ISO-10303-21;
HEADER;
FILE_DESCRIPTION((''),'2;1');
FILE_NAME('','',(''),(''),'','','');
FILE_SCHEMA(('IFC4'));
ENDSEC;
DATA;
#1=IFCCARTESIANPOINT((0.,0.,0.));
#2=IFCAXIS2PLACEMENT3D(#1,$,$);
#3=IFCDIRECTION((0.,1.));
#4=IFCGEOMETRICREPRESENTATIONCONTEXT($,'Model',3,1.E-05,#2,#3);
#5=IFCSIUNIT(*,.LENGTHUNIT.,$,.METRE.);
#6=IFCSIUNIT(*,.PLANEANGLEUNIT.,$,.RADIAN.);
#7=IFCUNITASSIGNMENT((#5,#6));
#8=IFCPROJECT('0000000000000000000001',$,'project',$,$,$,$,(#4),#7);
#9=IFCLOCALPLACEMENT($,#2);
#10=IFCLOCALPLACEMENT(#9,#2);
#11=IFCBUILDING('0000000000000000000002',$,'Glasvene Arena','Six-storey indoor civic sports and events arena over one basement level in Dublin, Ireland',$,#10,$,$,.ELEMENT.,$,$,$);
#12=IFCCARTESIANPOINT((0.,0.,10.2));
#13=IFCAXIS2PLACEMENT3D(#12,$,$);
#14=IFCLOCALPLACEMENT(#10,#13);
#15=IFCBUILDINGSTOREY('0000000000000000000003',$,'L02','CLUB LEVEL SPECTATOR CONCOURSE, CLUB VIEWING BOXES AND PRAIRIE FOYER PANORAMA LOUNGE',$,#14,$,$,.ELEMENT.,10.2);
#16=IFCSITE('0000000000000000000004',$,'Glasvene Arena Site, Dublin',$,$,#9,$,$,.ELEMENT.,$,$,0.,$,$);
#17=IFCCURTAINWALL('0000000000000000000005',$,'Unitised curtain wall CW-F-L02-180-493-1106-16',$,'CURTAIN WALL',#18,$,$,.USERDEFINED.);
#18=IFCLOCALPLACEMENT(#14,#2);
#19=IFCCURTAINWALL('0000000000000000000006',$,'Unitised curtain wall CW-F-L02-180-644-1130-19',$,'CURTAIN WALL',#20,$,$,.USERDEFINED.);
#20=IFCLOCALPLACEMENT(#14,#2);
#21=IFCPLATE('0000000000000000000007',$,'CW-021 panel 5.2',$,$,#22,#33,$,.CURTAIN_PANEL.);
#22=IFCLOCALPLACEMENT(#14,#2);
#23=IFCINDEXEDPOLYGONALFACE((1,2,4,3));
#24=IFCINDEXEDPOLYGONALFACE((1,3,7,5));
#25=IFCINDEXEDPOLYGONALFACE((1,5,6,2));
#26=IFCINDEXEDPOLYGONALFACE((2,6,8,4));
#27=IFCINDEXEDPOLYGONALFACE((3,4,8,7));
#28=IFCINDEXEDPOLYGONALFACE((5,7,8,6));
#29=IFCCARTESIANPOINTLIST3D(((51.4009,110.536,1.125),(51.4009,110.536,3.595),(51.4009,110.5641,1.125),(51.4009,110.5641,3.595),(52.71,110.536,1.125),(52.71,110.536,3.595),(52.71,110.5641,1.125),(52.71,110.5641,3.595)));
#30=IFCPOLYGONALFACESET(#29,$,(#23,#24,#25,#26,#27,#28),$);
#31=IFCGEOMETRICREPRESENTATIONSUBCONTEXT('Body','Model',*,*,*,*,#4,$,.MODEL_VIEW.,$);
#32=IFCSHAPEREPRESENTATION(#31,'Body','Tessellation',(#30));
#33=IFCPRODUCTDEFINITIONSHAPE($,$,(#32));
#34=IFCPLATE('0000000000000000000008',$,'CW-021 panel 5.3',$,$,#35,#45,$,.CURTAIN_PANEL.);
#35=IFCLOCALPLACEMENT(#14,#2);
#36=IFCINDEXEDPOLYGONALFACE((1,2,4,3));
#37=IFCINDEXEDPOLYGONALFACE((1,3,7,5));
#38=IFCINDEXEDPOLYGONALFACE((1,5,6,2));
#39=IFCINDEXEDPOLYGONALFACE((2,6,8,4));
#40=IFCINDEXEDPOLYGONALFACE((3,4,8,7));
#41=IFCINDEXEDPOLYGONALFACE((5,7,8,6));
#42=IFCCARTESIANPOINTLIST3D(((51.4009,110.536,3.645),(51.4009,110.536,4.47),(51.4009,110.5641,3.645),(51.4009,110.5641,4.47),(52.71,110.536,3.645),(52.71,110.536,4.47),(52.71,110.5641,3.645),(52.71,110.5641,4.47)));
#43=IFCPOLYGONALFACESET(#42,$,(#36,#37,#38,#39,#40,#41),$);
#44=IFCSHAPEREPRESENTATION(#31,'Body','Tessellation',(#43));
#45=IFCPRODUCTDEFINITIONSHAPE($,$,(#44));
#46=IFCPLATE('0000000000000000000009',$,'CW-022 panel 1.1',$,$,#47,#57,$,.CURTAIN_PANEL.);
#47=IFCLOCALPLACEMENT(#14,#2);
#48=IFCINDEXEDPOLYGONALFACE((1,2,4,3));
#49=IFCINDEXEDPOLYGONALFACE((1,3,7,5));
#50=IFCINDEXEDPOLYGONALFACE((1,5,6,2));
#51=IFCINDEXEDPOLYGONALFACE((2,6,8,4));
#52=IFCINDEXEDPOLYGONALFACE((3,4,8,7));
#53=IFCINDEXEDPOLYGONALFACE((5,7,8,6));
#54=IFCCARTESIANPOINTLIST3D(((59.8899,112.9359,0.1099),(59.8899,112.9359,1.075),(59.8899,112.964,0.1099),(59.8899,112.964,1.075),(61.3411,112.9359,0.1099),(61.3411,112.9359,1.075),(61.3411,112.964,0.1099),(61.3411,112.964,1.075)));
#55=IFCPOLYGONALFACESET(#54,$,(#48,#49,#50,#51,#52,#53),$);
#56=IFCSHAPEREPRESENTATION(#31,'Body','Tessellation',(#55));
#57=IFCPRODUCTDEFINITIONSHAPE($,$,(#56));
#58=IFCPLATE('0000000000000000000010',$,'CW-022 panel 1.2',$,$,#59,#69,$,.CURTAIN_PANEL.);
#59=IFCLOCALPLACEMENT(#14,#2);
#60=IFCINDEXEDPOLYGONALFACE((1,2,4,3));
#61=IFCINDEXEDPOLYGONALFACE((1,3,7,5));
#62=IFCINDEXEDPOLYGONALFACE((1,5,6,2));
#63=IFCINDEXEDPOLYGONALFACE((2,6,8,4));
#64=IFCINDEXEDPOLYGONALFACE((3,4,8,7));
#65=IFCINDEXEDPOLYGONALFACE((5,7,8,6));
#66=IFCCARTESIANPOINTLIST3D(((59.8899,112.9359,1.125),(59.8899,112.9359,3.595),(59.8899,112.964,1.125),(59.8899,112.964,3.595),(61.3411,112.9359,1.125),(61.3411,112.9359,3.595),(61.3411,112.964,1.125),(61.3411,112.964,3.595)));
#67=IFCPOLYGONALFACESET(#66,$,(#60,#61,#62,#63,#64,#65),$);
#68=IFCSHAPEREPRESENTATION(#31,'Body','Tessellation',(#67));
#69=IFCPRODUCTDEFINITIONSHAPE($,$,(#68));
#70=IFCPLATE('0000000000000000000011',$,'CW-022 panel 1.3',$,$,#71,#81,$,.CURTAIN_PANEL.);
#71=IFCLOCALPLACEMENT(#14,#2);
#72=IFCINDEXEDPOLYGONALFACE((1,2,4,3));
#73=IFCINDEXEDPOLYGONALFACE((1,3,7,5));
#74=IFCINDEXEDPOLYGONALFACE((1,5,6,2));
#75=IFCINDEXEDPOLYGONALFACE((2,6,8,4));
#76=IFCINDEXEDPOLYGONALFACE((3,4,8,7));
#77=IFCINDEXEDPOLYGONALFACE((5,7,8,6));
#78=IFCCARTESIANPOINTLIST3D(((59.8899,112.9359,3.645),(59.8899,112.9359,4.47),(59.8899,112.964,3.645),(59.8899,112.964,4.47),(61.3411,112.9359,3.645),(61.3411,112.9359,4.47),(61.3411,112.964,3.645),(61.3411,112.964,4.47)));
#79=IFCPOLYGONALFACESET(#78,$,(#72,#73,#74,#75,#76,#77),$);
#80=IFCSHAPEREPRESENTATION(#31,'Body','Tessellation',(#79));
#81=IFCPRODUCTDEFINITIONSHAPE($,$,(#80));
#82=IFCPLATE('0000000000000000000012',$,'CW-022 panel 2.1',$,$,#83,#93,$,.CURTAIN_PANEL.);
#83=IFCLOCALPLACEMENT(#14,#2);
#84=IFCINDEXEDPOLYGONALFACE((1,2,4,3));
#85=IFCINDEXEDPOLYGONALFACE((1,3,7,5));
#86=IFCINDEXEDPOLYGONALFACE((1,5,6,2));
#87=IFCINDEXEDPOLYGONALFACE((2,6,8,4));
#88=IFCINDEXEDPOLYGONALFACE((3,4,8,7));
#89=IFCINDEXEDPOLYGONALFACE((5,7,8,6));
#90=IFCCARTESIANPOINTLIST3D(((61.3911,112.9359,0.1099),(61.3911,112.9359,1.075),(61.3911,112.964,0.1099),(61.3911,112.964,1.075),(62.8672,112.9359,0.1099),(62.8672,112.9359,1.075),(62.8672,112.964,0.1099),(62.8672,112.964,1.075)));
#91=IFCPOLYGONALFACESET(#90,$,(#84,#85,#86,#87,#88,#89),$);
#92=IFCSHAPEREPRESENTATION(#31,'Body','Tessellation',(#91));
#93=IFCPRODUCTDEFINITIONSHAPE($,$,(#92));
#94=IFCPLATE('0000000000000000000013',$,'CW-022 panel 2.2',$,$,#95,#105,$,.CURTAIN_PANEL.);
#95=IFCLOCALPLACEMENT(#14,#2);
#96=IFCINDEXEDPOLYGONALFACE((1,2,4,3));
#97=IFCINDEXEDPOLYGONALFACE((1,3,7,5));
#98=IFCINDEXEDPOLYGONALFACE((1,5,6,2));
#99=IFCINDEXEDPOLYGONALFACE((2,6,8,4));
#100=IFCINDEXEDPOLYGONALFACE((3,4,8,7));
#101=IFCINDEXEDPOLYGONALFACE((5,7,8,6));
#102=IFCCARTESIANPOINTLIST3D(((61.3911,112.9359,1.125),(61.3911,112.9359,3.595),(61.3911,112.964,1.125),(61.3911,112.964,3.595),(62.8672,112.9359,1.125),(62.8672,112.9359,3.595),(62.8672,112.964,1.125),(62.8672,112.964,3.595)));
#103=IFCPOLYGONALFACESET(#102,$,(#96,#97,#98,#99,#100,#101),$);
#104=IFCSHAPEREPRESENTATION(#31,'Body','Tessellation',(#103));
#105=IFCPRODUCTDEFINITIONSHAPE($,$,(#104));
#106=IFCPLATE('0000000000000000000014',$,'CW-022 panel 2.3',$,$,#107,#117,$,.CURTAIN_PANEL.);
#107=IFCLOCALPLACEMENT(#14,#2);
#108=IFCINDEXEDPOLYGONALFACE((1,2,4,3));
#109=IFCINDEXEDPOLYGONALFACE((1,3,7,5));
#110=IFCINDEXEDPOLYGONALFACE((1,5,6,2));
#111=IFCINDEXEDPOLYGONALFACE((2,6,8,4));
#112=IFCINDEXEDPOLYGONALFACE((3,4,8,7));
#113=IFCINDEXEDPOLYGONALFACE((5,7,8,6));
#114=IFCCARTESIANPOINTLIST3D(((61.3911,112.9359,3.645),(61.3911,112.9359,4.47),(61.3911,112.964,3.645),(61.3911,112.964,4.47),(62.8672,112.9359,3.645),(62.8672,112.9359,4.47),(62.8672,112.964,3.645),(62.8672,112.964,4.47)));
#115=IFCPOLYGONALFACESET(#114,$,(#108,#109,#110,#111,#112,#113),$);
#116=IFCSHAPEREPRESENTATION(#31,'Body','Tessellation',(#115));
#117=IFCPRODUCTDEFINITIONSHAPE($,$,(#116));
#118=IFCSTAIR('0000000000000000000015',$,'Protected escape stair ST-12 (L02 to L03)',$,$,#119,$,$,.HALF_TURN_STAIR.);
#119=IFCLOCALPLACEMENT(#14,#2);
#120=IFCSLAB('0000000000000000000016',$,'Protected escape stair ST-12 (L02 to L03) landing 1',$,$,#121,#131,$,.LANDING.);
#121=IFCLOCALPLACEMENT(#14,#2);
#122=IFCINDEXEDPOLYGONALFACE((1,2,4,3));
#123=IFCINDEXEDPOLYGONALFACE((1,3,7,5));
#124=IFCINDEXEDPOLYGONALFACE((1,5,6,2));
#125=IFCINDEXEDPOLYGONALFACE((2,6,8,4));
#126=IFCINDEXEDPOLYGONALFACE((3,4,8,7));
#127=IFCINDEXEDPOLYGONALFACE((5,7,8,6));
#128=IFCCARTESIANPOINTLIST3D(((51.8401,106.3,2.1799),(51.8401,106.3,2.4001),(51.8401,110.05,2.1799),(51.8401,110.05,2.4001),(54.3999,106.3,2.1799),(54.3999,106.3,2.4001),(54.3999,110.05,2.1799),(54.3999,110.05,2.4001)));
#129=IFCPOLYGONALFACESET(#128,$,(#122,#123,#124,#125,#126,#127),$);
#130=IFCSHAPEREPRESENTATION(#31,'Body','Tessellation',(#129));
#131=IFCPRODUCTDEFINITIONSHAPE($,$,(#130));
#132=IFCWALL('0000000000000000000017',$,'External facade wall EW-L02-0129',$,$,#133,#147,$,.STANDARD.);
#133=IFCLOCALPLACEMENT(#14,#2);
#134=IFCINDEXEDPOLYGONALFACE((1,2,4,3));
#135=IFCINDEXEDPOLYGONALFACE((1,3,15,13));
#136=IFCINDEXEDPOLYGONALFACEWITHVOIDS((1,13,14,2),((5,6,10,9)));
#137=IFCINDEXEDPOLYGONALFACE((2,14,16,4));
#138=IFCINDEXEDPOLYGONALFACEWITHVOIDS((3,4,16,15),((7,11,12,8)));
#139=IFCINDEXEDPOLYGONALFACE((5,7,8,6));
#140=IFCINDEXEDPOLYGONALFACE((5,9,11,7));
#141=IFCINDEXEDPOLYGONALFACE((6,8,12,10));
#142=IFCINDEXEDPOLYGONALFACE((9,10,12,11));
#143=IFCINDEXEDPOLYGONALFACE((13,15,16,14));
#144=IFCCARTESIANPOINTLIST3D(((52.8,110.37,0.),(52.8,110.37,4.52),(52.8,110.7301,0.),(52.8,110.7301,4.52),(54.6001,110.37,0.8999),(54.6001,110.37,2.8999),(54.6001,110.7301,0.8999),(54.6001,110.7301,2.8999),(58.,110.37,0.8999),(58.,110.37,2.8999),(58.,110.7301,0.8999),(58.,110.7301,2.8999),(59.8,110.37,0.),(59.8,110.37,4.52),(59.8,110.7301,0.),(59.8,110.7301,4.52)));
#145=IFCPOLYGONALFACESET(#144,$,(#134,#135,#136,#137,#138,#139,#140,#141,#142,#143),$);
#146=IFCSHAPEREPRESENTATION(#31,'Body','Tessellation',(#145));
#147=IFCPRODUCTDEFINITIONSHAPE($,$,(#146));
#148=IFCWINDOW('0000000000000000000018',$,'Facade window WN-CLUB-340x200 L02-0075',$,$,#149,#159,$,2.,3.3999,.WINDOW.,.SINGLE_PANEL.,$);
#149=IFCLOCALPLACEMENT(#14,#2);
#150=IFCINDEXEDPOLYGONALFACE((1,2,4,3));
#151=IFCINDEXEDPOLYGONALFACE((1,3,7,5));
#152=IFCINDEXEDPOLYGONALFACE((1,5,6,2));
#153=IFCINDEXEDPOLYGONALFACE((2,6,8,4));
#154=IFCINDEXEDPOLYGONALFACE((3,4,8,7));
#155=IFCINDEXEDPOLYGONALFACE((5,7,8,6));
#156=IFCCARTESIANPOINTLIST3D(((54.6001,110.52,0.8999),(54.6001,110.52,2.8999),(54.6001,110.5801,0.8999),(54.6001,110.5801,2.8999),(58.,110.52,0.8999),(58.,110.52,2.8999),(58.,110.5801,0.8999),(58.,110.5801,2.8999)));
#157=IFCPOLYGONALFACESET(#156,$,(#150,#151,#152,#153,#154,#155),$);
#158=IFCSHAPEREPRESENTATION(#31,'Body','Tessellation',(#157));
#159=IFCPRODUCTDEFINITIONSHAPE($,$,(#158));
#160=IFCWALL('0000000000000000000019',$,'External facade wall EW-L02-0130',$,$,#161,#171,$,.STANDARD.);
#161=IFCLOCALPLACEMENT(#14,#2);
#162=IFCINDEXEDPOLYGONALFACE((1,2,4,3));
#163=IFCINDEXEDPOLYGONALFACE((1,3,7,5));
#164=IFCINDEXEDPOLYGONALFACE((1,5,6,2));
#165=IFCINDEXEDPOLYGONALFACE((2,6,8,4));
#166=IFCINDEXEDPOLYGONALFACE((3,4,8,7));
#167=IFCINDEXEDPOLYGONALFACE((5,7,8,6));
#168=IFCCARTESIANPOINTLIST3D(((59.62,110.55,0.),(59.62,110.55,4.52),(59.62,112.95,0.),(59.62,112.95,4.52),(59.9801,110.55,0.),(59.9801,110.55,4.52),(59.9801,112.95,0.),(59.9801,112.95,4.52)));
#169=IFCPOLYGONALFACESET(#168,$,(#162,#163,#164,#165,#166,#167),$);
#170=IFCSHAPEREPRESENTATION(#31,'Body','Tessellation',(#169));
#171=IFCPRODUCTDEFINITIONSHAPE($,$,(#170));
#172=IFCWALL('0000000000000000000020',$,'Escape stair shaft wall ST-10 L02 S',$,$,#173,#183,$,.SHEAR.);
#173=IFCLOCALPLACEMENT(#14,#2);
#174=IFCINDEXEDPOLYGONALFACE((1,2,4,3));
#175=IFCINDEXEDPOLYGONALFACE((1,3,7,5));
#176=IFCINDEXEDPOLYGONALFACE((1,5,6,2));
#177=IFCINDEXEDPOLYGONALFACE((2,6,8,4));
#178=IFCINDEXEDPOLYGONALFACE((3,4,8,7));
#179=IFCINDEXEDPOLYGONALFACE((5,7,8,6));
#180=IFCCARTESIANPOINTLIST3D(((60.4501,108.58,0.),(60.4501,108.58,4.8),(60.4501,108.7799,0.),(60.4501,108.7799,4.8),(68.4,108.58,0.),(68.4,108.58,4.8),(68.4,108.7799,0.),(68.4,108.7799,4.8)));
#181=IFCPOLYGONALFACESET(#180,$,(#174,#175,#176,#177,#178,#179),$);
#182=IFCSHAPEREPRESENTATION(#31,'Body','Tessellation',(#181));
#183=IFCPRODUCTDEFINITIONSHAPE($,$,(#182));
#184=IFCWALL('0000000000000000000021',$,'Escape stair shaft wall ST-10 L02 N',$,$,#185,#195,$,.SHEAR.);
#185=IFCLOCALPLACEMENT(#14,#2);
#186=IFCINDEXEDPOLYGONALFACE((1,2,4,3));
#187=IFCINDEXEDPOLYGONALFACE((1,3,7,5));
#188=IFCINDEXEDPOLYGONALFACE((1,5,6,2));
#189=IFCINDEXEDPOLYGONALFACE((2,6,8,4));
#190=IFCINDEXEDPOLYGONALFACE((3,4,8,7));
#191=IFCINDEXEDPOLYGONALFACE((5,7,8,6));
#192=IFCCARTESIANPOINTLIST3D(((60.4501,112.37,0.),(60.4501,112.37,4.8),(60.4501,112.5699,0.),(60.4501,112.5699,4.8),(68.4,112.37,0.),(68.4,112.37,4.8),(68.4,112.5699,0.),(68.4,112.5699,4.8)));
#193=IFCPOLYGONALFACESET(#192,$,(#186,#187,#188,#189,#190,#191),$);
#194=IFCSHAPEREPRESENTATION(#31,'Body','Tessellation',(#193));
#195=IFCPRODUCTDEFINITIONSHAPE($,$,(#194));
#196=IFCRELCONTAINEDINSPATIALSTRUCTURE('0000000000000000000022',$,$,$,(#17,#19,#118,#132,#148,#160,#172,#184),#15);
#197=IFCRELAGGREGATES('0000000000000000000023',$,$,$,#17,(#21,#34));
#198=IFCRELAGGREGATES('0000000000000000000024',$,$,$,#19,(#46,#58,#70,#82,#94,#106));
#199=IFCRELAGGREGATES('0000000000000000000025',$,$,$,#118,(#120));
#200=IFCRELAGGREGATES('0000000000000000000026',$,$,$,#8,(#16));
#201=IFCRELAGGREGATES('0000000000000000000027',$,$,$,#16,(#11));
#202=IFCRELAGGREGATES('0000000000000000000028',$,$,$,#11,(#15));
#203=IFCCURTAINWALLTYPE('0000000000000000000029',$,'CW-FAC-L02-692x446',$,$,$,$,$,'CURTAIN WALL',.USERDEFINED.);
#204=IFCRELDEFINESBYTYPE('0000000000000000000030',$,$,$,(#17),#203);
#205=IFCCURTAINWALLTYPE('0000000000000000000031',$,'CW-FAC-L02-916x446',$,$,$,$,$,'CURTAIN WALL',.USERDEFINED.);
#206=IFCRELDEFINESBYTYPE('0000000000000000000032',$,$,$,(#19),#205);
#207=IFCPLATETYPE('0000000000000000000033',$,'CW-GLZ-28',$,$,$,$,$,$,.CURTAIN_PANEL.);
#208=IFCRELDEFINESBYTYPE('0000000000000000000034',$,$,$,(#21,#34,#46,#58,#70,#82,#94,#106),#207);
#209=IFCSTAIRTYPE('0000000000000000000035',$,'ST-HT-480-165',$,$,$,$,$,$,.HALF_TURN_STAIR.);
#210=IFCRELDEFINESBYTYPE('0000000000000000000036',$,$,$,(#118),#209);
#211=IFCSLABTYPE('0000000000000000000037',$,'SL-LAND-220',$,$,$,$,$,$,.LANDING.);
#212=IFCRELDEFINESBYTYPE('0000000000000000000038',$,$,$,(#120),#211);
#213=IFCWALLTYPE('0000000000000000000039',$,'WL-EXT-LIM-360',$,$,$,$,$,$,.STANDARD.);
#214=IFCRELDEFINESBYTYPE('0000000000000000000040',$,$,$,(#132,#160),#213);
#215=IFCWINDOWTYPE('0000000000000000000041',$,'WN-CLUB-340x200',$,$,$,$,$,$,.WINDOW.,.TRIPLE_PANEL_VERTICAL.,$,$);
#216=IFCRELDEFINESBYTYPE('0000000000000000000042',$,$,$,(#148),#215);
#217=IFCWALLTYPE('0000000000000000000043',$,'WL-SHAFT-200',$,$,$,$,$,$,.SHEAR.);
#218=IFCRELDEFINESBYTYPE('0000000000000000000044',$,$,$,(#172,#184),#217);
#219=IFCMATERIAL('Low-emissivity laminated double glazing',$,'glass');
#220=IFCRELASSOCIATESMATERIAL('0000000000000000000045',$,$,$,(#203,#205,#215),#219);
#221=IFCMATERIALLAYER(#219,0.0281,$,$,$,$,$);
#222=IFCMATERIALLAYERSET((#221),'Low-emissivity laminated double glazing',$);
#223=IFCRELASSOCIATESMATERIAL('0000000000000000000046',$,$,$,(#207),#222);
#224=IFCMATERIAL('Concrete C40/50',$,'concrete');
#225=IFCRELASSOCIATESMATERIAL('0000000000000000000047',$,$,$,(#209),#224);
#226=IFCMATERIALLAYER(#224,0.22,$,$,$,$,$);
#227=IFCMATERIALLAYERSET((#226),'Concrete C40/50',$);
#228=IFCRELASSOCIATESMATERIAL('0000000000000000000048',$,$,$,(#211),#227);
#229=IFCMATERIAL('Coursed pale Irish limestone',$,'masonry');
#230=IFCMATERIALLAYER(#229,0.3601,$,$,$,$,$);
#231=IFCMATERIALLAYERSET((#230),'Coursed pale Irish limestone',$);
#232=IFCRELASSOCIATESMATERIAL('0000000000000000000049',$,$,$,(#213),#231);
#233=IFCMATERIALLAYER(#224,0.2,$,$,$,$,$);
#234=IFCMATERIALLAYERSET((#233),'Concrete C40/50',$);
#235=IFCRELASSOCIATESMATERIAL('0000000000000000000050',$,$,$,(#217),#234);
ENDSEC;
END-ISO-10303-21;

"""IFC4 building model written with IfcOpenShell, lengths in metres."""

from ifc_helpers import new_model, si_unit, direction, frame, frame_2d, origin, origin_2d, place, context, subcontext, project, spatial, polyline, rectangle, outline, extrude, material, layer, layer_set, type_object, element, fill, aggregate, save


model = new_model("IFC4")

# Units and contexts
model_context = context("Model", 3, precision=1e-05, world=origin(), true_north=direction((0.0, 1.0)))
body_context = subcontext(model_context, "Body", "Model", "MODEL_VIEW")
ifc_project = project(units=[si_unit("LENGTHUNIT", "METRE"), si_unit("PLANEANGLEUNIT", "RADIAN")], contexts=[model_context])

# Site, building, storey
site_placement = place(None, origin())
site = spatial("IfcSite", under=ifc_project, at=site_placement, Name="Glasvene Arena Site, Dublin", CompositionType="ELEMENT", RefElevation=0.0)
building_placement = place(site_placement, origin())
building = spatial("IfcBuilding", under=site, at=building_placement, Name="Glasvene Arena", Description="Six-storey indoor civic sports and events arena over one basement level in Dublin, Ireland", CompositionType="ELEMENT")
storey_placement = place(building_placement, frame((0.0, 0.0, 10.2)))
storey = spatial("IfcBuildingStorey", under=building, at=storey_placement, Name="L02", Description="CLUB LEVEL SPECTATOR CONCOURSE, CLUB VIEWING BOXES AND PRAIRIE FOYER PANORAMA LOUNGE", CompositionType="ELEMENT", Elevation=10.2)

# Curtain wall
ifc_material_1 = material(Name="Low-emissivity laminated double glazing", Category="glass")
curtain_wall_type_1 = type_object("IfcCurtainWallType", Name="CW-FAC-L02-692x446", ElementType="CURTAIN WALL", PredefinedType="USERDEFINED", material=ifc_material_1)
curtain_wall_1_placement = place(storey_placement, frame((45.8401, 110.55, 0.0)))
curtain_wall_1 = element("IfcCurtainWall", 1, at=curtain_wall_1_placement, inside=storey, type_object=curtain_wall_type_1, Name="Unitised curtain wall CW-F-L02-180-493-1106-16", ObjectType="CURTAIN WALL", PredefinedType="USERDEFINED")

# Curtain wall
curtain_wall_type_2 = type_object("IfcCurtainWallType", Name="CW-FAC-L02-916x446", ElementType="CURTAIN WALL", PredefinedType="USERDEFINED", material=ifc_material_1)
curtain_wall_2_placement = place(storey_placement, frame((59.8401, 112.95, 0.0)))
curtain_wall_2 = element("IfcCurtainWall", 2, at=curtain_wall_2_placement, inside=storey, type_object=curtain_wall_type_2, Name="Unitised curtain wall CW-F-L02-180-644-1130-19", ObjectType="CURTAIN WALL", PredefinedType="USERDEFINED")

# Plates
ifc_layer_1 = layer(ifc_material_1, 0.0281)
ifc_layer_set_1 = layer_set([ifc_layer_1], Name="Low-emissivity laminated double glazing")
plate_type = type_object("IfcPlateType", Name="CW-GLZ-28", PredefinedType="CURTAIN_PANEL", material=ifc_layer_set_1)
plate_1_placement = place(storey_placement, frame((52.0554, 110.55, 1.125), z_axis=(0.0, 0.0, 1.0), x_axis=(1.0, 0.0, 0.0)))
plate_1 = element("IfcPlate", 3, at=plate_1_placement, type_object=plate_type, Name="CW-021 panel 5.2", PredefinedType="CURTAIN_PANEL", context=body_context, shape_type="SweptSolid", body=[
    extrude(rectangle(XDim=1.3091, YDim=0.0281, at=origin_2d()), origin(), (0.0, 0.0, 1.0), 2.47),
])
plate_2_placement = place(storey_placement, frame((52.0554, 110.55, 3.645), z_axis=(0.0, 0.0, 1.0), x_axis=(1.0, 0.0, 0.0)))
plate_2 = element("IfcPlate", 4, at=plate_2_placement, type_object=plate_type, Name="CW-021 panel 5.3", PredefinedType="CURTAIN_PANEL", context=body_context, shape_type="SweptSolid", body=[
    extrude(rectangle(XDim=1.3091, YDim=0.0281, at=origin_2d()), origin(), (0.0, 0.0, 1.0), 0.825),
])
aggregate(curtain_wall_1, [plate_1, plate_2])
plate_3_placement = place(storey_placement, frame((60.6155, 112.95, 0.1099), z_axis=(0.0, 0.0, 1.0), x_axis=(1.0, 0.0, 0.0)))
plate_3 = element("IfcPlate", 5, at=plate_3_placement, type_object=plate_type, Name="CW-022 panel 1.1", PredefinedType="CURTAIN_PANEL", context=body_context, shape_type="SweptSolid", body=[
    extrude(rectangle(XDim=1.4512, YDim=0.0281, at=origin_2d()), origin(), (0.0, 0.0, 1.0), 0.9651),
])
plate_4_placement = place(storey_placement, frame((60.6155, 112.95, 1.125), z_axis=(0.0, 0.0, 1.0), x_axis=(1.0, 0.0, 0.0)))
plate_4 = element("IfcPlate", 6, at=plate_4_placement, type_object=plate_type, Name="CW-022 panel 1.2", PredefinedType="CURTAIN_PANEL", context=body_context, shape_type="SweptSolid", body=[
    extrude(rectangle(XDim=1.4512, YDim=0.0281, at=origin_2d()), origin(), (0.0, 0.0, 1.0), 2.47),
])
plate_5_placement = place(storey_placement, frame((60.6155, 112.95, 3.645), z_axis=(0.0, 0.0, 1.0), x_axis=(1.0, 0.0, 0.0)))
plate_5 = element("IfcPlate", 7, at=plate_5_placement, type_object=plate_type, Name="CW-022 panel 1.3", PredefinedType="CURTAIN_PANEL", context=body_context, shape_type="SweptSolid", body=[
    extrude(rectangle(XDim=1.4512, YDim=0.0281, at=origin_2d()), origin(), (0.0, 0.0, 1.0), 0.825),
])
plate_6_placement = place(storey_placement, frame((62.1292, 112.95, 0.1099), z_axis=(0.0, 0.0, 1.0), x_axis=(1.0, 0.0, 0.0)))
plate_6 = element("IfcPlate", 8, at=plate_6_placement, type_object=plate_type, Name="CW-022 panel 2.1", PredefinedType="CURTAIN_PANEL", context=body_context, shape_type="SweptSolid", body=[
    extrude(rectangle(XDim=1.4761, YDim=0.0281, at=origin_2d()), origin(), (0.0, 0.0, 1.0), 0.9651),
])
plate_7_placement = place(storey_placement, frame((62.1292, 112.95, 1.125), z_axis=(0.0, 0.0, 1.0), x_axis=(1.0, 0.0, 0.0)))
plate_7 = element("IfcPlate", 9, at=plate_7_placement, type_object=plate_type, Name="CW-022 panel 2.2", PredefinedType="CURTAIN_PANEL", context=body_context, shape_type="SweptSolid", body=[
    extrude(rectangle(XDim=1.4761, YDim=0.0281, at=origin_2d()), origin(), (0.0, 0.0, 1.0), 2.47),
])
plate_8_placement = place(storey_placement, frame((62.1292, 112.95, 3.645), z_axis=(0.0, 0.0, 1.0), x_axis=(1.0, 0.0, 0.0)))
plate_8 = element("IfcPlate", 10, at=plate_8_placement, type_object=plate_type, Name="CW-022 panel 2.3", PredefinedType="CURTAIN_PANEL", context=body_context, shape_type="SweptSolid", body=[
    extrude(rectangle(XDim=1.4761, YDim=0.0281, at=origin_2d()), origin(), (0.0, 0.0, 1.0), 0.825),
])
aggregate(curtain_wall_2, [plate_3, plate_4, plate_5, plate_6, plate_7, plate_8])

# Stair, slab
ifc_material_2 = material(Name="Concrete C40/50", Category="concrete")
stair_type = type_object("IfcStairType", Name="ST-HT-480-165", PredefinedType="HALF_TURN_STAIR", material=ifc_material_2)
stair_1_placement = place(storey_placement, origin())
stair_1 = element("IfcStair", 11, at=stair_1_placement, inside=storey, type_object=stair_type, Name="Protected escape stair ST-12 (L02 to L03)", PredefinedType="HALF_TURN_STAIR")
ifc_layer_2 = layer(ifc_material_2, 0.22)
ifc_layer_set_2 = layer_set([ifc_layer_2], Name="Concrete C40/50")
slab_type = type_object("IfcSlabType", Name="SL-LAND-220", PredefinedType="LANDING", material=ifc_layer_set_2)
slab_placement = place(storey_placement, frame((53.1201, 108.175, 2.1799)))
slab = element("IfcSlab", 12, at=slab_placement, type_object=slab_type, Name="Protected escape stair ST-12 (L02 to L03) landing 1", PredefinedType="LANDING", context=body_context, shape_type="SweptSolid", body=[
    extrude(outline(polyline([(-1.28, -1.875), (1.2798, -1.875), (1.2798, 1.875), (-1.28, 1.875), (-1.28, -1.875)])), origin(), (0.0, 0.0, 1.0), 0.2202),
])

# Wall, opening, window
ifc_material_3 = material(Name="Coursed pale Irish limestone", Category="masonry")
ifc_layer_3 = layer(ifc_material_3, 0.3601)
ifc_layer_set_3 = layer_set([ifc_layer_3], Name="Coursed pale Irish limestone")
wall_type_1 = type_object("IfcWallType", Name="WL-EXT-LIM-360", PredefinedType="STANDARD", material=ifc_layer_set_3)
wall_1_placement = place(storey_placement, frame((52.8, 110.55, 0.0), z_axis=(0.0, 0.0, 1.0), x_axis=(1.0, 0.0, 0.0)))
wall_1 = element("IfcWall", 13, at=wall_1_placement, inside=storey, type_object=wall_type_1, Name="External facade wall EW-L02-0129", PredefinedType="STANDARD", context=body_context, shape_type="SweptSolid", body=[
    extrude(rectangle(XDim=7.0, YDim=0.3601, at=frame_2d((3.5, 0.0))), origin(), (0.0, 0.0, 1.0), 4.52),
])
opening_1_placement = place(wall_1_placement, frame((1.8, 0.0, 0.8999)))
opening_1 = element("IfcOpeningElement", 14, at=opening_1_placement, cuts=wall_1, PredefinedType="OPENING", context=body_context, shape_type="SweptSolid", body=[
    extrude(rectangle(XDim=3.3999, YDim=2.0, at=frame_2d((1.7, 1.0))), frame((0.0, 0.1899, 0.0), z_axis=(0.0, -1.0, 0.0), x_axis=(1.0, 0.0, 0.0)), (0.0, 0.0, 1.0), 0.3801),
])
window_type = type_object("IfcWindowType", Name="WN-CLUB-340x200", PartitioningType="TRIPLE_PANEL_VERTICAL", PredefinedType="WINDOW", material=ifc_material_1)
window_placement = place(opening_1_placement, origin())
window = element("IfcWindow", 15, at=window_placement, inside=storey, type_object=window_type, Name="Facade window WN-CLUB-340x200 L02-0075", OverallHeight=2.0, OverallWidth=3.3999, PartitioningType="SINGLE_PANEL", PredefinedType="WINDOW", context=body_context, shape_type="SweptSolid", body=[
    extrude(rectangle(XDim=3.3999, YDim=2.0, at=frame_2d((1.7, 1.0))), frame((0.0, 0.03, 0.0), z_axis=(0.0, -1.0, 0.0), x_axis=(1.0, 0.0, 0.0)), (0.0, 0.0, 1.0), 0.0601),
])
fill(opening_1, window)

# Walls
wall_2_placement = place(storey_placement, frame((59.8, 110.55, 0.0), z_axis=(0.0, 0.0, 1.0), x_axis=(0.0, 1.0, 0.0)))
element("IfcWall", 16, at=wall_2_placement, inside=storey, type_object=wall_type_1, Name="External facade wall EW-L02-0130", PredefinedType="STANDARD", context=body_context, shape_type="SweptSolid", body=[
    extrude(rectangle(XDim=2.3999, YDim=0.3601, at=frame_2d((1.2, 0.0))), origin(), (0.0, 0.0, 1.0), 4.52),
])
ifc_layer_4 = layer(ifc_material_2, 0.2)
ifc_layer_set_4 = layer_set([ifc_layer_4], Name="Concrete C40/50")
wall_type_2 = type_object("IfcWallType", Name="WL-SHAFT-200", PredefinedType="SHEAR", material=ifc_layer_set_4)
wall_3_placement = place(storey_placement, frame((60.45, 108.6799, 0.0), z_axis=(0.0, 0.0, 1.0), x_axis=(1.0, 0.0, 0.0)))
element("IfcWall", 17, at=wall_3_placement, inside=storey, type_object=wall_type_2, Name="Escape stair shaft wall ST-10 L02 S", PredefinedType="SHEAR", context=body_context, shape_type="SweptSolid", body=[
    extrude(rectangle(XDim=7.95, YDim=0.2, at=frame_2d((3.9751, 0.0))), origin(), (0.0, 0.0, 1.0), 4.8),
])

# Wall
wall_4_placement = place(storey_placement, frame((60.45, 112.47, 0.0), z_axis=(0.0, 0.0, 1.0), x_axis=(1.0, 0.0, 0.0)))
element("IfcWall", 18, at=wall_4_placement, inside=storey, type_object=wall_type_2, Name="Escape stair shaft wall ST-10 L02 N", PredefinedType="SHEAR", context=body_context, shape_type="SweptSolid", body=[
    extrude(rectangle(XDim=7.95, YDim=0.2, at=frame_2d((3.9751, 0.0))), origin(), (0.0, 0.0, 1.0), 4.8),
])

aggregate(stair_1, [slab])

save(model, "model.ifc")
